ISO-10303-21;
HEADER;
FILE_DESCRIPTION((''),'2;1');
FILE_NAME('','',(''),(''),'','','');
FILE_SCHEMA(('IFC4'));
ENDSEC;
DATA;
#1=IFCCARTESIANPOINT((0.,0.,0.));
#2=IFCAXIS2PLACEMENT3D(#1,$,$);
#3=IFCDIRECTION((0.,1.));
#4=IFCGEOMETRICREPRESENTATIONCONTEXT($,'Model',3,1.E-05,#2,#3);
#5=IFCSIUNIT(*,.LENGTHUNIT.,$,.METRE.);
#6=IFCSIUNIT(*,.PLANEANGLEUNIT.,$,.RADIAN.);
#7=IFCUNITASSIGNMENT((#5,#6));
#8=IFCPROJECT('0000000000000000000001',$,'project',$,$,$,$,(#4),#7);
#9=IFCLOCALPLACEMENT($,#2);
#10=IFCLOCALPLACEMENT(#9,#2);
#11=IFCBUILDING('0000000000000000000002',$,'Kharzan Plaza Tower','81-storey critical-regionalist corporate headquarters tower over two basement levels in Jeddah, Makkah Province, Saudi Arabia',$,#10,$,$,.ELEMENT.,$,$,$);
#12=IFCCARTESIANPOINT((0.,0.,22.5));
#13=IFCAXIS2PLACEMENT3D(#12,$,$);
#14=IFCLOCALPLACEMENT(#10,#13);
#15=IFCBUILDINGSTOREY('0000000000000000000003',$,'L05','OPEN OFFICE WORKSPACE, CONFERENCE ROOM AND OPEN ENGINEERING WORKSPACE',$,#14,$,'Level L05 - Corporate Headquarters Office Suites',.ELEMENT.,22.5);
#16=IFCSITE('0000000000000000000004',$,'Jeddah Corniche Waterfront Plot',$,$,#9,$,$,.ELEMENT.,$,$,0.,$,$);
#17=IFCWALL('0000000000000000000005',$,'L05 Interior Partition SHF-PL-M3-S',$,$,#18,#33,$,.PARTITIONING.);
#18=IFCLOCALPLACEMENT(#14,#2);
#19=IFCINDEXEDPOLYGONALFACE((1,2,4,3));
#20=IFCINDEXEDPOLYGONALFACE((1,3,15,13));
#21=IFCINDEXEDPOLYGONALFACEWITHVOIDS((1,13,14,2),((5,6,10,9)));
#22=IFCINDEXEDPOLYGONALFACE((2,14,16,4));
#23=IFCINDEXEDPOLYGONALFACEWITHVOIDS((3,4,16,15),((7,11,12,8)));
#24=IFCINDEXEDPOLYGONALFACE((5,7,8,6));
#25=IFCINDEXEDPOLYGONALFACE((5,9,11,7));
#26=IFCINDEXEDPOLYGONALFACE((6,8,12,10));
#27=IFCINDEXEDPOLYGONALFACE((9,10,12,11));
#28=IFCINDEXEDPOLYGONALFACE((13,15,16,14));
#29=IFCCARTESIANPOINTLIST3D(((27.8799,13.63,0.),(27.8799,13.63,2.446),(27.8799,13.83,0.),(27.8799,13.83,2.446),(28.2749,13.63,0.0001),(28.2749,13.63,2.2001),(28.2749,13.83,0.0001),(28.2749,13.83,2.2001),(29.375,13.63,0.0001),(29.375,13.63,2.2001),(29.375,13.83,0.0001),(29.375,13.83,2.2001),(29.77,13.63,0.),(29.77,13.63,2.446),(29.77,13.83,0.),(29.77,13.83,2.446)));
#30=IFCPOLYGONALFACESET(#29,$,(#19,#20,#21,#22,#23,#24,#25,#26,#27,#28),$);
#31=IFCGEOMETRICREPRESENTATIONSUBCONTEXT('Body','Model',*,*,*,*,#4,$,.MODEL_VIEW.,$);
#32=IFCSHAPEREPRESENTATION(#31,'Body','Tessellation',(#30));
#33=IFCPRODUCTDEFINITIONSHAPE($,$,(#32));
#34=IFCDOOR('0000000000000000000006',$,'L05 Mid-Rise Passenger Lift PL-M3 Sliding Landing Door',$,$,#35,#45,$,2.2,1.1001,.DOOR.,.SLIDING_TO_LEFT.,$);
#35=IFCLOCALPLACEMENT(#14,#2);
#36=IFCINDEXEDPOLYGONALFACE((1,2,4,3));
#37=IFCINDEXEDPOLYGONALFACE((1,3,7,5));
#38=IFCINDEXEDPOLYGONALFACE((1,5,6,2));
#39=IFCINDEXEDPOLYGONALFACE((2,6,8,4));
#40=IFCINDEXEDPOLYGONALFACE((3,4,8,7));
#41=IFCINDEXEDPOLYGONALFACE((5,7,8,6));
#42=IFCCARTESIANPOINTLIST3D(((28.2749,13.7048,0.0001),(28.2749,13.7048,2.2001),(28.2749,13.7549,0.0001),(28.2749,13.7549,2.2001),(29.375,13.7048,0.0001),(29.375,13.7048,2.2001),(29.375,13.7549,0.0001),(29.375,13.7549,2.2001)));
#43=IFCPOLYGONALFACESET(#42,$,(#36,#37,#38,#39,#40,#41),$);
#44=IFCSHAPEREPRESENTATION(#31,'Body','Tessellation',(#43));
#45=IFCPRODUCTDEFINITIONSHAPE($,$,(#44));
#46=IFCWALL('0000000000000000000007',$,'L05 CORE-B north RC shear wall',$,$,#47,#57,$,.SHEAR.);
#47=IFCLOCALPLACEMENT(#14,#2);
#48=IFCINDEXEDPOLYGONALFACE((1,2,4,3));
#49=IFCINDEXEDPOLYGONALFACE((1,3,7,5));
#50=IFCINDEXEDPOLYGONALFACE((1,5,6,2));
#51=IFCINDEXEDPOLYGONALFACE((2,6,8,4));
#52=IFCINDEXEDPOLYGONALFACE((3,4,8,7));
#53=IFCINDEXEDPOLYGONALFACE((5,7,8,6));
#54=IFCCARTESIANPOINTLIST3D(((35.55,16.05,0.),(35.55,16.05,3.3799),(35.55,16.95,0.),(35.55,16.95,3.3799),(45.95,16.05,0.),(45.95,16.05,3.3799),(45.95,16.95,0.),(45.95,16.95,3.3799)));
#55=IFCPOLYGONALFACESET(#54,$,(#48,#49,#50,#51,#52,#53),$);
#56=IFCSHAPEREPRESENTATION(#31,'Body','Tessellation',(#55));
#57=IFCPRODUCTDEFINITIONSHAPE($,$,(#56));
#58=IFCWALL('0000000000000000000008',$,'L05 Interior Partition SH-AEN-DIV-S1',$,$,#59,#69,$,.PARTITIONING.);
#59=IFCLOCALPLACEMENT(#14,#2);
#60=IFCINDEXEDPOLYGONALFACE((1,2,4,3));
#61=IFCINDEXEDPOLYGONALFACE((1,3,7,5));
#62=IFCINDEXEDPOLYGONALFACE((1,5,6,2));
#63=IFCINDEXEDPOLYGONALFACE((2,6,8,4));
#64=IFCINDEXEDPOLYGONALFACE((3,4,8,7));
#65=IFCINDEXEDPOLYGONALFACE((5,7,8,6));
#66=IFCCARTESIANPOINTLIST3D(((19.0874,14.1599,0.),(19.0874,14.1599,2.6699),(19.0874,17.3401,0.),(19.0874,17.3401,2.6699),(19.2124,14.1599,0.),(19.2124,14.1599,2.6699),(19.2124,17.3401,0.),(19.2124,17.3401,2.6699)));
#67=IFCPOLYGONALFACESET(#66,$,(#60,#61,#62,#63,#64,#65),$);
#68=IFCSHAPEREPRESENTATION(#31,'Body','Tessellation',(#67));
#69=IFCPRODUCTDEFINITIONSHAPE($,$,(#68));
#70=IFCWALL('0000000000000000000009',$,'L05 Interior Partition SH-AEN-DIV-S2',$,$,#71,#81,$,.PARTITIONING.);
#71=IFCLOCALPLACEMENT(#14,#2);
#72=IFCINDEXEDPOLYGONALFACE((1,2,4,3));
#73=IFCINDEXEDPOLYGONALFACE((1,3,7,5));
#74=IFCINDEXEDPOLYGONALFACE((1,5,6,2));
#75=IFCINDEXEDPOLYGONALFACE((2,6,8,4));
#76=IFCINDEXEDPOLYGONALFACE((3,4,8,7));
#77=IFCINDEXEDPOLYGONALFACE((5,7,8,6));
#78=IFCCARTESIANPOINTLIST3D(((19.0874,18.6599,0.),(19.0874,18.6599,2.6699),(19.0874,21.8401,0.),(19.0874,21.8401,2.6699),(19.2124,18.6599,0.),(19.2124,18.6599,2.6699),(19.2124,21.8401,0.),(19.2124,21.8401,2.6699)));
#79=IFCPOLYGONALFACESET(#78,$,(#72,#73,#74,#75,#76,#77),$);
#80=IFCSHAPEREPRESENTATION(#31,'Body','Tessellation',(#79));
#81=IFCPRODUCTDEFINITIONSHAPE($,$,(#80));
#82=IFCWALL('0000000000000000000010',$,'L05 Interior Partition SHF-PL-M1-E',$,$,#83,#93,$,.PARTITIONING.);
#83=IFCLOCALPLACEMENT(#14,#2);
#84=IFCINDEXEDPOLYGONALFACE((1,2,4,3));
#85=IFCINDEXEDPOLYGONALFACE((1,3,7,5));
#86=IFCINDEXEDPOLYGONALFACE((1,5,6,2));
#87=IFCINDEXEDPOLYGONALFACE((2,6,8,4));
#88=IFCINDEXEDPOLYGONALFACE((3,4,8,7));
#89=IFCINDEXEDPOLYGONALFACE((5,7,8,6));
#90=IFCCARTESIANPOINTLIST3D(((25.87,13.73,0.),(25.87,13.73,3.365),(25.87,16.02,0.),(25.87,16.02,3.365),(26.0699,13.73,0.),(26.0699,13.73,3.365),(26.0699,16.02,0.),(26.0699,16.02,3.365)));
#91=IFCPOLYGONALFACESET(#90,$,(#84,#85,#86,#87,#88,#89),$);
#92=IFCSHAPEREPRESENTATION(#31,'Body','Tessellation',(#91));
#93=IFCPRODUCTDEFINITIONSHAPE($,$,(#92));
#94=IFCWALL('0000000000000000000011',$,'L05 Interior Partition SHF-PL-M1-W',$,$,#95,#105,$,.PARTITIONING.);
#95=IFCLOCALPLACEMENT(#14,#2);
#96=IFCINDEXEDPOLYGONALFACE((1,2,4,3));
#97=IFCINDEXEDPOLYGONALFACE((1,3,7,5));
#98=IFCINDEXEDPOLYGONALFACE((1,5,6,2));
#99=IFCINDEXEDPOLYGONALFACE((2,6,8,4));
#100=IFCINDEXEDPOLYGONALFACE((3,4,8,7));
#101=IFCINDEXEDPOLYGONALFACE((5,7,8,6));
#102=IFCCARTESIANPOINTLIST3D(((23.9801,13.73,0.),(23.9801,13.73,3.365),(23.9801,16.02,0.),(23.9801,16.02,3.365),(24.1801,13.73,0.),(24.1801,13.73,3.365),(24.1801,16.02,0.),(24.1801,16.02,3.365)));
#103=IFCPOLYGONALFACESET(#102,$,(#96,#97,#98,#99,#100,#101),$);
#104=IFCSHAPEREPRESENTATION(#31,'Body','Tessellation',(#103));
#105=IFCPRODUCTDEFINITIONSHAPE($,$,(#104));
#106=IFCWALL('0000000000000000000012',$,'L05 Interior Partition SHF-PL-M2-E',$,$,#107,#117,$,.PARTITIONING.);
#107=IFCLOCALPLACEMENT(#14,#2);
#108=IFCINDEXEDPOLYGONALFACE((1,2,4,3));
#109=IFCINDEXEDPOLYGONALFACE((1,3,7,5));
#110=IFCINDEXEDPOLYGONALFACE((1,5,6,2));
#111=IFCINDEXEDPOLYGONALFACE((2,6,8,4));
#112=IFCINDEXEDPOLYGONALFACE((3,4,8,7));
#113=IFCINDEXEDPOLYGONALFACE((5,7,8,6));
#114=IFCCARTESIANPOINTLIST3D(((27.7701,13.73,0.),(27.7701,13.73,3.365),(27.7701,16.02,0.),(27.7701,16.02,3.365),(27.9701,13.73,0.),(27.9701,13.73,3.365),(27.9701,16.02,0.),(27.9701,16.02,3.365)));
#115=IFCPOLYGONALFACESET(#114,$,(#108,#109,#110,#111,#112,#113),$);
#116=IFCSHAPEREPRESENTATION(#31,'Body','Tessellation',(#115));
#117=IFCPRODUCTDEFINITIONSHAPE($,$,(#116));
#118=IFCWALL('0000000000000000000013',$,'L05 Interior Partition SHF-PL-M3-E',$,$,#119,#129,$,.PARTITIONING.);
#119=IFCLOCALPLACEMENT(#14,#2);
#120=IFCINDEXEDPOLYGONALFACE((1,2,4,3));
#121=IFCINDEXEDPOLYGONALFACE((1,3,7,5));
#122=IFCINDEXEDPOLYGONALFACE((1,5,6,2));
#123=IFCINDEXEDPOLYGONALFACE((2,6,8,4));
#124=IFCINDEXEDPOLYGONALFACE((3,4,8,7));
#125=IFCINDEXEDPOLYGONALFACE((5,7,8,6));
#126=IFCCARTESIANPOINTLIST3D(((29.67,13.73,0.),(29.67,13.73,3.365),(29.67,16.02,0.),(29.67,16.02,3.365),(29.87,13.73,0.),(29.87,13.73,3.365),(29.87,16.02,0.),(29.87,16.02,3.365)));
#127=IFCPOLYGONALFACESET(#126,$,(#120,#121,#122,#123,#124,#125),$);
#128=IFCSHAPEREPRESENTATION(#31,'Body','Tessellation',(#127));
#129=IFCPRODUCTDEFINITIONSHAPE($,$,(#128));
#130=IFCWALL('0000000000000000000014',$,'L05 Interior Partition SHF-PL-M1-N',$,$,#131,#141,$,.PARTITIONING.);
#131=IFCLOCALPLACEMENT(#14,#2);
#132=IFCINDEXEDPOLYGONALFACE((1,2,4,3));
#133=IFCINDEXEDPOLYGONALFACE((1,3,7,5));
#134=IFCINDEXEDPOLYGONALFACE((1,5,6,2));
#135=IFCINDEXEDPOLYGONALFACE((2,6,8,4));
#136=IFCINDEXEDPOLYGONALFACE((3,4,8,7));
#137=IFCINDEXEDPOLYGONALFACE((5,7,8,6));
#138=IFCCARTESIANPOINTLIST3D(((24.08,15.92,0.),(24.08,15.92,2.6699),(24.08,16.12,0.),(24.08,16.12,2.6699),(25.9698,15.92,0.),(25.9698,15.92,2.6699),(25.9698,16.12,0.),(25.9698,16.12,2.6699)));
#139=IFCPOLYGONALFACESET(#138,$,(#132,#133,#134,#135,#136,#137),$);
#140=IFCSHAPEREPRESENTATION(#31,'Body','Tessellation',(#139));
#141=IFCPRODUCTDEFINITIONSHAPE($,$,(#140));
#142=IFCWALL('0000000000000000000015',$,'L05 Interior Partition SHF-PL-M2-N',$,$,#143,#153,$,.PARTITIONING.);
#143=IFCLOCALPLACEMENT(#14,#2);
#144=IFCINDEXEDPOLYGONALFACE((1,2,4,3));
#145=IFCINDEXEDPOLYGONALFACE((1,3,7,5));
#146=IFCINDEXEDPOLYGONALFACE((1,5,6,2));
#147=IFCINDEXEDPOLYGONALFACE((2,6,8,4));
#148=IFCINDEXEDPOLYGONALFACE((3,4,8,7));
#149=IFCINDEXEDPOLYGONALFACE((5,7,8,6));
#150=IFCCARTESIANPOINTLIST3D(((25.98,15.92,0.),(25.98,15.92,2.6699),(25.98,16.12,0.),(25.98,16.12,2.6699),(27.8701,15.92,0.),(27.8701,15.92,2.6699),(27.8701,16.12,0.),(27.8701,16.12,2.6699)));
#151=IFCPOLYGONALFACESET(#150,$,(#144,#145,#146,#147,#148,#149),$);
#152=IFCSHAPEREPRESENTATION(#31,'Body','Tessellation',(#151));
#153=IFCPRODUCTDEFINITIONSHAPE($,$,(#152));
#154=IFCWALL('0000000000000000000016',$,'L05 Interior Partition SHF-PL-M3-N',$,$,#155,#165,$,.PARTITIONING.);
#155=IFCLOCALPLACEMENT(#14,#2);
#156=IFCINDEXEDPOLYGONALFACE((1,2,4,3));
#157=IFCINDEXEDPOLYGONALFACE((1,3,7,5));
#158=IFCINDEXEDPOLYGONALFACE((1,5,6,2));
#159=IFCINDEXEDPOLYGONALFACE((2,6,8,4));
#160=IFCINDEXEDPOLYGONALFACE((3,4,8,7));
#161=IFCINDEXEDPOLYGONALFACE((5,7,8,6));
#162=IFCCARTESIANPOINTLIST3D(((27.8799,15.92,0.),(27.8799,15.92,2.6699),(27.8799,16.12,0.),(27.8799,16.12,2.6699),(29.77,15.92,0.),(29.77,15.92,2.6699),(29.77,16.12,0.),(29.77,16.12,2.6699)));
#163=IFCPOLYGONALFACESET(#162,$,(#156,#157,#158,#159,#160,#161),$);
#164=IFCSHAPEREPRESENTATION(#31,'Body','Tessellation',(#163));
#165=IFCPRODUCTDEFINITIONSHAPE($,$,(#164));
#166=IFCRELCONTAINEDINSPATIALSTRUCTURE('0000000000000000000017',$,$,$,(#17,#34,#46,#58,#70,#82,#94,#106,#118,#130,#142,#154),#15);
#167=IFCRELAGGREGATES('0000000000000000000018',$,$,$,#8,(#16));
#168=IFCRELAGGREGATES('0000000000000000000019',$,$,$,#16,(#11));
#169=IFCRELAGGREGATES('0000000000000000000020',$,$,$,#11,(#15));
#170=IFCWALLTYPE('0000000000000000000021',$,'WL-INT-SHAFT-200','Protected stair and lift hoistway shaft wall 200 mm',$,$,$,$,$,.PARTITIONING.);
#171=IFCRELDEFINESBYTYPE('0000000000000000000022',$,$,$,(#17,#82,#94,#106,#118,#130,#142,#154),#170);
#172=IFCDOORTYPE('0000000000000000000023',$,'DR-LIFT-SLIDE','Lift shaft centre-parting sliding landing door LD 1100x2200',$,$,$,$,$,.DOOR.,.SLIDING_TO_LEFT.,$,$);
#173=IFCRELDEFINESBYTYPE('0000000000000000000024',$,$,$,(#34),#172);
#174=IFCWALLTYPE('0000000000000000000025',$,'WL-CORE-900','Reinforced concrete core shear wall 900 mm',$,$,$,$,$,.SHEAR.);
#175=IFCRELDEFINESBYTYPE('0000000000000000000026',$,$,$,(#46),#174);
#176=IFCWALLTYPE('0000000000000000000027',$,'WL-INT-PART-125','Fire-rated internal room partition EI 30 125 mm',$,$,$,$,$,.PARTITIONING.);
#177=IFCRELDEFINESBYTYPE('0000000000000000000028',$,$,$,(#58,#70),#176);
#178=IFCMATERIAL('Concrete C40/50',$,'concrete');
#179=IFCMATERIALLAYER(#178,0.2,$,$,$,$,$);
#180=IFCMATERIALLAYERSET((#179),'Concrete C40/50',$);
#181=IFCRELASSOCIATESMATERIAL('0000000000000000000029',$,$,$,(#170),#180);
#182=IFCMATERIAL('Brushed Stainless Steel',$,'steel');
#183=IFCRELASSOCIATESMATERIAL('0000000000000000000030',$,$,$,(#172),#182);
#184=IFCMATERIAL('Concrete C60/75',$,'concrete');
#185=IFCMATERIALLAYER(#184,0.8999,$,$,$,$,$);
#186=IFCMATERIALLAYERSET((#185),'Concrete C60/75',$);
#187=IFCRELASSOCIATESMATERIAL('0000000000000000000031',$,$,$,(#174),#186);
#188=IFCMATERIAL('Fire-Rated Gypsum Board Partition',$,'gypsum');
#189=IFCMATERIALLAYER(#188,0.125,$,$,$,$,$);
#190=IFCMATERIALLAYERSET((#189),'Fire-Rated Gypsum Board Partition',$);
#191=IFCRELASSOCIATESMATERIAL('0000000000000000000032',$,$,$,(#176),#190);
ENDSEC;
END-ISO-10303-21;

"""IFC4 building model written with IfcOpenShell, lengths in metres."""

from ifc_helpers import new_model, si_unit, direction, frame, frame_2d, origin, place, context, subcontext, project, spatial, rectangle, extrude, source, transform, mapped, material, layer, layer_set, type_object, element, fill, save


model = new_model("IFC4")

# Units and contexts
model_context = context("Model", 3, precision=1e-05, world=origin(), true_north=direction((0.0, 1.0)))
body_context = subcontext(model_context, "Body", "Model", "MODEL_VIEW")
ifc_project = project(units=[si_unit("LENGTHUNIT", "METRE"), si_unit("PLANEANGLEUNIT", "RADIAN")], contexts=[model_context])

# Site, building, storey
site_placement = place(None, origin())
site = spatial("IfcSite", under=ifc_project, at=site_placement, Name="Jeddah Corniche Waterfront Plot", CompositionType="ELEMENT", RefElevation=0.0)
building_placement = place(site_placement, origin())
building = spatial("IfcBuilding", under=site, at=building_placement, Name="Kharzan Plaza Tower", Description="81-storey critical-regionalist corporate headquarters tower over two basement levels in Jeddah, Makkah Province, Saudi Arabia", CompositionType="ELEMENT")
storey_placement = place(building_placement, frame((0.0, 0.0, 22.5)))
storey = spatial("IfcBuildingStorey", under=building, at=storey_placement, Name="L05", Description="OPEN OFFICE WORKSPACE, CONFERENCE ROOM AND OPEN ENGINEERING WORKSPACE", LongName="Level L05 - Corporate Headquarters Office Suites", CompositionType="ELEMENT", Elevation=22.5)

# Shared definitions
ifc_material_1 = material(Name="Concrete C60/75", Category="concrete")

# Wall, opening, door
ifc_material_2 = material(Name="Concrete C40/50", Category="concrete")
ifc_layer_1 = layer(ifc_material_2, 0.2)
ifc_layer_set_1 = layer_set([ifc_layer_1], Name="Concrete C40/50")
wall_type_1 = type_object("IfcWallType", Name="WL-INT-SHAFT-200", Description="Protected stair and lift hoistway shaft wall 200 mm", PredefinedType="PARTITIONING", material=ifc_layer_set_1)
ifc_material_3 = material(Name="Brushed Stainless Steel", Category="steel")
door_type = type_object("IfcDoorType", Name="DR-LIFT-SLIDE", Description="Lift shaft centre-parting sliding landing door LD 1100x2200", OperationType="SLIDING_TO_LEFT", PredefinedType="DOOR", material=ifc_material_3)
shared_shape_1 = source(origin(), body_context, "Body", "SweptSolid", [
    extrude(rectangle(XDim=1.1001, YDim=2.2, at=frame_2d((0.55, 1.1001))), frame((0.0, 0.0249, 0.0), z_axis=(0.0, -1.0, 0.0), x_axis=(1.0, 0.0, 0.0)), (0.0, 0.0, 1.0), 0.05),
])
wall_1_placement = place(storey_placement, frame((27.8799, 13.73, 0.0), z_axis=(0.0, 0.0, 1.0), x_axis=(1.0, 0.0, 0.0)))
wall_1 = element("IfcWall", 1, at=wall_1_placement, inside=storey, type_object=wall_type_1, Name="L05 Interior Partition SHF-PL-M3-S", PredefinedType="PARTITIONING", context=body_context, shape_type="SweptSolid", body=[
    extrude(rectangle(XDim=1.8901, YDim=0.2, at=frame_2d((0.9451, 0.0))), origin(), (0.0, 0.0, 1.0), 2.446),
])
opening_1_placement = place(wall_1_placement, frame((0.395, 0.0, 0.0)))
opening_1 = element("IfcOpeningElement", 2, at=opening_1_placement, cuts=wall_1, PredefinedType="OPENING", context=body_context, shape_type="SweptSolid", body=[
    extrude(rectangle(XDim=1.1001, YDim=2.2, at=frame_2d((0.55, 1.1001))), frame((0.0, 0.1099, 0.0), z_axis=(0.0, -1.0, 0.0), x_axis=(1.0, 0.0, 0.0)), (0.0, 0.0, 1.0), 0.22),
])
door_1_placement = place(opening_1_placement, origin())
door_1 = element("IfcDoor", 3, at=door_1_placement, inside=storey, type_object=door_type, Name="L05 Mid-Rise Passenger Lift PL-M3 Sliding Landing Door", OperationType="SLIDING_TO_LEFT", OverallHeight=2.2, OverallWidth=1.1001, PredefinedType="DOOR", context=body_context, shape_type="MappedRepresentation", body=[
    mapped(shared_shape_1, transform((0.0, 0.0, 0.0), x_axis=(1.0, 0.0, 0.0), y_axis=(0.0, 1.0, 0.0), z_axis=(0.0, 0.0, 1.0))),
])
fill(opening_1, door_1)

# Walls
ifc_layer_2 = layer(ifc_material_1, 0.8999)
ifc_layer_set_2 = layer_set([ifc_layer_2], Name="Concrete C60/75")
wall_type_2 = type_object("IfcWallType", Name="WL-CORE-900", Description="Reinforced concrete core shear wall 900 mm", PredefinedType="SHEAR", material=ifc_layer_set_2)
shared_shape_2 = source(origin(), body_context, "Body", "SweptSolid", [
    extrude(rectangle(XDim=10.3999, YDim=0.8999, at=frame_2d((5.2, 0.0))), origin(), (0.0, 0.0, 1.0), 3.3799),
])
wall_2_placement = place(storey_placement, frame((35.55, 16.5, 0.0), z_axis=(0.0, 0.0, 1.0), x_axis=(1.0, 0.0, 0.0)))
element("IfcWall", 4, at=wall_2_placement, inside=storey, type_object=wall_type_2, Name="L05 CORE-B north RC shear wall", PredefinedType="SHEAR", context=body_context, shape_type="MappedRepresentation", body=[
    mapped(shared_shape_2, transform((0.0, 0.0, 0.0), x_axis=(1.0, 0.0, 0.0), y_axis=(0.0, 1.0, 0.0), z_axis=(0.0, 0.0, 1.0))),
])
ifc_material_4 = material(Name="Fire-Rated Gypsum Board Partition", Category="gypsum")
ifc_layer_3 = layer(ifc_material_4, 0.125)
ifc_layer_set_3 = layer_set([ifc_layer_3], Name="Fire-Rated Gypsum Board Partition")
wall_type_3 = type_object("IfcWallType", Name="WL-INT-PART-125", Description="Fire-rated internal room partition EI 30 125 mm", PredefinedType="PARTITIONING", material=ifc_layer_set_3)
shared_shape_3 = source(origin(), body_context, "Body", "SweptSolid", [
    extrude(rectangle(XDim=3.1802, YDim=0.125, at=frame_2d((1.5901, 0.0))), origin(), (0.0, 0.0, 1.0), 2.6699),
])
for number, where, z_axis, x_axis, name in (
    (5, (19.1499, 14.1599, 0.0), (0.0, 0.0, 1.0), (0.0, 1.0, 0.0), "L05 Interior Partition SH-AEN-DIV-S1"),
    (6, (19.1499, 18.6599, 0.0), (0.0, 0.0, 1.0), (0.0, 1.0, 0.0), "L05 Interior Partition SH-AEN-DIV-S2"),
):
    element("IfcWall", number, at=place(storey_placement, frame(where, z_axis=z_axis, x_axis=x_axis)), inside=storey, type_object=wall_type_3, Name=name, PredefinedType="PARTITIONING", context=body_context, shape_type="MappedRepresentation", body=[
        mapped(shared_shape_3, transform((0.0, 0.0, 0.0), x_axis=(1.0, 0.0, 0.0), y_axis=(0.0, 1.0, 0.0), z_axis=(0.0, 0.0, 1.0))),
    ])
shared_shape_4 = source(origin(), body_context, "Body", "SweptSolid", [
    extrude(rectangle(XDim=2.29, YDim=0.2, at=frame_2d((1.145, 0.0))), origin(), (0.0, 0.0, 1.0), 3.365),
])
for number, where, z_axis, x_axis, name in (
    (7, (25.97, 13.73, 0.0), (0.0, 0.0, 1.0), (0.0, 1.0, 0.0), "L05 Interior Partition SHF-PL-M1-E"),
    (8, (24.0801, 13.73, 0.0), (0.0, 0.0, 1.0), (0.0, 1.0, 0.0), "L05 Interior Partition SHF-PL-M1-W"),
    (9, (27.8701, 13.73, 0.0), (0.0, 0.0, 1.0), (0.0, 1.0, 0.0), "L05 Interior Partition SHF-PL-M2-E"),
    (10, (29.77, 13.73, 0.0), (0.0, 0.0, 1.0), (0.0, 1.0, 0.0), "L05 Interior Partition SHF-PL-M3-E"),
):
    element("IfcWall", number, at=place(storey_placement, frame(where, z_axis=z_axis, x_axis=x_axis)), inside=storey, type_object=wall_type_1, Name=name, PredefinedType="PARTITIONING", context=body_context, shape_type="MappedRepresentation", body=[
        mapped(shared_shape_4, transform((0.0, 0.0, 0.0), x_axis=(1.0, 0.0, 0.0), y_axis=(0.0, 1.0, 0.0), z_axis=(0.0, 0.0, 1.0))),
    ])
shared_shape_5 = source(origin(), body_context, "Body", "SweptSolid", [
    extrude(rectangle(XDim=1.8899, YDim=0.2, at=frame_2d((0.9448, 0.0))), origin(), (0.0, 0.0, 1.0), 2.6699),
])
wall_3_placement = place(storey_placement, frame((24.0801, 16.02, 0.0), z_axis=(0.0, 0.0, 1.0), x_axis=(1.0, 0.0, 0.0)))
element("IfcWall", 11, at=wall_3_placement, inside=storey, type_object=wall_type_1, Name="L05 Interior Partition SHF-PL-M1-N", PredefinedType="PARTITIONING", context=body_context, shape_type="MappedRepresentation", body=[
    mapped(shared_shape_5, transform((0.0, 0.0, 0.0), x_axis=(1.0, 0.0, 0.0), y_axis=(0.0, 1.0, 0.0), z_axis=(0.0, 0.0, 1.0))),
])
shared_shape_6 = source(origin(), body_context, "Body", "SweptSolid", [
    extrude(rectangle(XDim=1.8901, YDim=0.2, at=frame_2d((0.9451, 0.0))), origin(), (0.0, 0.0, 1.0), 2.6699),
])
for number, where, z_axis, x_axis, name in (
    (12, (25.98, 16.02, 0.0), (0.0, 0.0, 1.0), (1.0, 0.0, 0.0), "L05 Interior Partition SHF-PL-M2-N"),
    (13, (27.8799, 16.02, 0.0), (0.0, 0.0, 1.0), (1.0, 0.0, 0.0), "L05 Interior Partition SHF-PL-M3-N"),
):
    element("IfcWall", number, at=place(storey_placement, frame(where, z_axis=z_axis, x_axis=x_axis)), inside=storey, type_object=wall_type_1, Name=name, PredefinedType="PARTITIONING", context=body_context, shape_type="MappedRepresentation", body=[
        mapped(shared_shape_6, transform((0.0, 0.0, 0.0), x_axis=(1.0, 0.0, 0.0), y_axis=(0.0, 1.0, 0.0), z_axis=(0.0, 0.0, 1.0))),
    ])

save(model, "model.ifc")
